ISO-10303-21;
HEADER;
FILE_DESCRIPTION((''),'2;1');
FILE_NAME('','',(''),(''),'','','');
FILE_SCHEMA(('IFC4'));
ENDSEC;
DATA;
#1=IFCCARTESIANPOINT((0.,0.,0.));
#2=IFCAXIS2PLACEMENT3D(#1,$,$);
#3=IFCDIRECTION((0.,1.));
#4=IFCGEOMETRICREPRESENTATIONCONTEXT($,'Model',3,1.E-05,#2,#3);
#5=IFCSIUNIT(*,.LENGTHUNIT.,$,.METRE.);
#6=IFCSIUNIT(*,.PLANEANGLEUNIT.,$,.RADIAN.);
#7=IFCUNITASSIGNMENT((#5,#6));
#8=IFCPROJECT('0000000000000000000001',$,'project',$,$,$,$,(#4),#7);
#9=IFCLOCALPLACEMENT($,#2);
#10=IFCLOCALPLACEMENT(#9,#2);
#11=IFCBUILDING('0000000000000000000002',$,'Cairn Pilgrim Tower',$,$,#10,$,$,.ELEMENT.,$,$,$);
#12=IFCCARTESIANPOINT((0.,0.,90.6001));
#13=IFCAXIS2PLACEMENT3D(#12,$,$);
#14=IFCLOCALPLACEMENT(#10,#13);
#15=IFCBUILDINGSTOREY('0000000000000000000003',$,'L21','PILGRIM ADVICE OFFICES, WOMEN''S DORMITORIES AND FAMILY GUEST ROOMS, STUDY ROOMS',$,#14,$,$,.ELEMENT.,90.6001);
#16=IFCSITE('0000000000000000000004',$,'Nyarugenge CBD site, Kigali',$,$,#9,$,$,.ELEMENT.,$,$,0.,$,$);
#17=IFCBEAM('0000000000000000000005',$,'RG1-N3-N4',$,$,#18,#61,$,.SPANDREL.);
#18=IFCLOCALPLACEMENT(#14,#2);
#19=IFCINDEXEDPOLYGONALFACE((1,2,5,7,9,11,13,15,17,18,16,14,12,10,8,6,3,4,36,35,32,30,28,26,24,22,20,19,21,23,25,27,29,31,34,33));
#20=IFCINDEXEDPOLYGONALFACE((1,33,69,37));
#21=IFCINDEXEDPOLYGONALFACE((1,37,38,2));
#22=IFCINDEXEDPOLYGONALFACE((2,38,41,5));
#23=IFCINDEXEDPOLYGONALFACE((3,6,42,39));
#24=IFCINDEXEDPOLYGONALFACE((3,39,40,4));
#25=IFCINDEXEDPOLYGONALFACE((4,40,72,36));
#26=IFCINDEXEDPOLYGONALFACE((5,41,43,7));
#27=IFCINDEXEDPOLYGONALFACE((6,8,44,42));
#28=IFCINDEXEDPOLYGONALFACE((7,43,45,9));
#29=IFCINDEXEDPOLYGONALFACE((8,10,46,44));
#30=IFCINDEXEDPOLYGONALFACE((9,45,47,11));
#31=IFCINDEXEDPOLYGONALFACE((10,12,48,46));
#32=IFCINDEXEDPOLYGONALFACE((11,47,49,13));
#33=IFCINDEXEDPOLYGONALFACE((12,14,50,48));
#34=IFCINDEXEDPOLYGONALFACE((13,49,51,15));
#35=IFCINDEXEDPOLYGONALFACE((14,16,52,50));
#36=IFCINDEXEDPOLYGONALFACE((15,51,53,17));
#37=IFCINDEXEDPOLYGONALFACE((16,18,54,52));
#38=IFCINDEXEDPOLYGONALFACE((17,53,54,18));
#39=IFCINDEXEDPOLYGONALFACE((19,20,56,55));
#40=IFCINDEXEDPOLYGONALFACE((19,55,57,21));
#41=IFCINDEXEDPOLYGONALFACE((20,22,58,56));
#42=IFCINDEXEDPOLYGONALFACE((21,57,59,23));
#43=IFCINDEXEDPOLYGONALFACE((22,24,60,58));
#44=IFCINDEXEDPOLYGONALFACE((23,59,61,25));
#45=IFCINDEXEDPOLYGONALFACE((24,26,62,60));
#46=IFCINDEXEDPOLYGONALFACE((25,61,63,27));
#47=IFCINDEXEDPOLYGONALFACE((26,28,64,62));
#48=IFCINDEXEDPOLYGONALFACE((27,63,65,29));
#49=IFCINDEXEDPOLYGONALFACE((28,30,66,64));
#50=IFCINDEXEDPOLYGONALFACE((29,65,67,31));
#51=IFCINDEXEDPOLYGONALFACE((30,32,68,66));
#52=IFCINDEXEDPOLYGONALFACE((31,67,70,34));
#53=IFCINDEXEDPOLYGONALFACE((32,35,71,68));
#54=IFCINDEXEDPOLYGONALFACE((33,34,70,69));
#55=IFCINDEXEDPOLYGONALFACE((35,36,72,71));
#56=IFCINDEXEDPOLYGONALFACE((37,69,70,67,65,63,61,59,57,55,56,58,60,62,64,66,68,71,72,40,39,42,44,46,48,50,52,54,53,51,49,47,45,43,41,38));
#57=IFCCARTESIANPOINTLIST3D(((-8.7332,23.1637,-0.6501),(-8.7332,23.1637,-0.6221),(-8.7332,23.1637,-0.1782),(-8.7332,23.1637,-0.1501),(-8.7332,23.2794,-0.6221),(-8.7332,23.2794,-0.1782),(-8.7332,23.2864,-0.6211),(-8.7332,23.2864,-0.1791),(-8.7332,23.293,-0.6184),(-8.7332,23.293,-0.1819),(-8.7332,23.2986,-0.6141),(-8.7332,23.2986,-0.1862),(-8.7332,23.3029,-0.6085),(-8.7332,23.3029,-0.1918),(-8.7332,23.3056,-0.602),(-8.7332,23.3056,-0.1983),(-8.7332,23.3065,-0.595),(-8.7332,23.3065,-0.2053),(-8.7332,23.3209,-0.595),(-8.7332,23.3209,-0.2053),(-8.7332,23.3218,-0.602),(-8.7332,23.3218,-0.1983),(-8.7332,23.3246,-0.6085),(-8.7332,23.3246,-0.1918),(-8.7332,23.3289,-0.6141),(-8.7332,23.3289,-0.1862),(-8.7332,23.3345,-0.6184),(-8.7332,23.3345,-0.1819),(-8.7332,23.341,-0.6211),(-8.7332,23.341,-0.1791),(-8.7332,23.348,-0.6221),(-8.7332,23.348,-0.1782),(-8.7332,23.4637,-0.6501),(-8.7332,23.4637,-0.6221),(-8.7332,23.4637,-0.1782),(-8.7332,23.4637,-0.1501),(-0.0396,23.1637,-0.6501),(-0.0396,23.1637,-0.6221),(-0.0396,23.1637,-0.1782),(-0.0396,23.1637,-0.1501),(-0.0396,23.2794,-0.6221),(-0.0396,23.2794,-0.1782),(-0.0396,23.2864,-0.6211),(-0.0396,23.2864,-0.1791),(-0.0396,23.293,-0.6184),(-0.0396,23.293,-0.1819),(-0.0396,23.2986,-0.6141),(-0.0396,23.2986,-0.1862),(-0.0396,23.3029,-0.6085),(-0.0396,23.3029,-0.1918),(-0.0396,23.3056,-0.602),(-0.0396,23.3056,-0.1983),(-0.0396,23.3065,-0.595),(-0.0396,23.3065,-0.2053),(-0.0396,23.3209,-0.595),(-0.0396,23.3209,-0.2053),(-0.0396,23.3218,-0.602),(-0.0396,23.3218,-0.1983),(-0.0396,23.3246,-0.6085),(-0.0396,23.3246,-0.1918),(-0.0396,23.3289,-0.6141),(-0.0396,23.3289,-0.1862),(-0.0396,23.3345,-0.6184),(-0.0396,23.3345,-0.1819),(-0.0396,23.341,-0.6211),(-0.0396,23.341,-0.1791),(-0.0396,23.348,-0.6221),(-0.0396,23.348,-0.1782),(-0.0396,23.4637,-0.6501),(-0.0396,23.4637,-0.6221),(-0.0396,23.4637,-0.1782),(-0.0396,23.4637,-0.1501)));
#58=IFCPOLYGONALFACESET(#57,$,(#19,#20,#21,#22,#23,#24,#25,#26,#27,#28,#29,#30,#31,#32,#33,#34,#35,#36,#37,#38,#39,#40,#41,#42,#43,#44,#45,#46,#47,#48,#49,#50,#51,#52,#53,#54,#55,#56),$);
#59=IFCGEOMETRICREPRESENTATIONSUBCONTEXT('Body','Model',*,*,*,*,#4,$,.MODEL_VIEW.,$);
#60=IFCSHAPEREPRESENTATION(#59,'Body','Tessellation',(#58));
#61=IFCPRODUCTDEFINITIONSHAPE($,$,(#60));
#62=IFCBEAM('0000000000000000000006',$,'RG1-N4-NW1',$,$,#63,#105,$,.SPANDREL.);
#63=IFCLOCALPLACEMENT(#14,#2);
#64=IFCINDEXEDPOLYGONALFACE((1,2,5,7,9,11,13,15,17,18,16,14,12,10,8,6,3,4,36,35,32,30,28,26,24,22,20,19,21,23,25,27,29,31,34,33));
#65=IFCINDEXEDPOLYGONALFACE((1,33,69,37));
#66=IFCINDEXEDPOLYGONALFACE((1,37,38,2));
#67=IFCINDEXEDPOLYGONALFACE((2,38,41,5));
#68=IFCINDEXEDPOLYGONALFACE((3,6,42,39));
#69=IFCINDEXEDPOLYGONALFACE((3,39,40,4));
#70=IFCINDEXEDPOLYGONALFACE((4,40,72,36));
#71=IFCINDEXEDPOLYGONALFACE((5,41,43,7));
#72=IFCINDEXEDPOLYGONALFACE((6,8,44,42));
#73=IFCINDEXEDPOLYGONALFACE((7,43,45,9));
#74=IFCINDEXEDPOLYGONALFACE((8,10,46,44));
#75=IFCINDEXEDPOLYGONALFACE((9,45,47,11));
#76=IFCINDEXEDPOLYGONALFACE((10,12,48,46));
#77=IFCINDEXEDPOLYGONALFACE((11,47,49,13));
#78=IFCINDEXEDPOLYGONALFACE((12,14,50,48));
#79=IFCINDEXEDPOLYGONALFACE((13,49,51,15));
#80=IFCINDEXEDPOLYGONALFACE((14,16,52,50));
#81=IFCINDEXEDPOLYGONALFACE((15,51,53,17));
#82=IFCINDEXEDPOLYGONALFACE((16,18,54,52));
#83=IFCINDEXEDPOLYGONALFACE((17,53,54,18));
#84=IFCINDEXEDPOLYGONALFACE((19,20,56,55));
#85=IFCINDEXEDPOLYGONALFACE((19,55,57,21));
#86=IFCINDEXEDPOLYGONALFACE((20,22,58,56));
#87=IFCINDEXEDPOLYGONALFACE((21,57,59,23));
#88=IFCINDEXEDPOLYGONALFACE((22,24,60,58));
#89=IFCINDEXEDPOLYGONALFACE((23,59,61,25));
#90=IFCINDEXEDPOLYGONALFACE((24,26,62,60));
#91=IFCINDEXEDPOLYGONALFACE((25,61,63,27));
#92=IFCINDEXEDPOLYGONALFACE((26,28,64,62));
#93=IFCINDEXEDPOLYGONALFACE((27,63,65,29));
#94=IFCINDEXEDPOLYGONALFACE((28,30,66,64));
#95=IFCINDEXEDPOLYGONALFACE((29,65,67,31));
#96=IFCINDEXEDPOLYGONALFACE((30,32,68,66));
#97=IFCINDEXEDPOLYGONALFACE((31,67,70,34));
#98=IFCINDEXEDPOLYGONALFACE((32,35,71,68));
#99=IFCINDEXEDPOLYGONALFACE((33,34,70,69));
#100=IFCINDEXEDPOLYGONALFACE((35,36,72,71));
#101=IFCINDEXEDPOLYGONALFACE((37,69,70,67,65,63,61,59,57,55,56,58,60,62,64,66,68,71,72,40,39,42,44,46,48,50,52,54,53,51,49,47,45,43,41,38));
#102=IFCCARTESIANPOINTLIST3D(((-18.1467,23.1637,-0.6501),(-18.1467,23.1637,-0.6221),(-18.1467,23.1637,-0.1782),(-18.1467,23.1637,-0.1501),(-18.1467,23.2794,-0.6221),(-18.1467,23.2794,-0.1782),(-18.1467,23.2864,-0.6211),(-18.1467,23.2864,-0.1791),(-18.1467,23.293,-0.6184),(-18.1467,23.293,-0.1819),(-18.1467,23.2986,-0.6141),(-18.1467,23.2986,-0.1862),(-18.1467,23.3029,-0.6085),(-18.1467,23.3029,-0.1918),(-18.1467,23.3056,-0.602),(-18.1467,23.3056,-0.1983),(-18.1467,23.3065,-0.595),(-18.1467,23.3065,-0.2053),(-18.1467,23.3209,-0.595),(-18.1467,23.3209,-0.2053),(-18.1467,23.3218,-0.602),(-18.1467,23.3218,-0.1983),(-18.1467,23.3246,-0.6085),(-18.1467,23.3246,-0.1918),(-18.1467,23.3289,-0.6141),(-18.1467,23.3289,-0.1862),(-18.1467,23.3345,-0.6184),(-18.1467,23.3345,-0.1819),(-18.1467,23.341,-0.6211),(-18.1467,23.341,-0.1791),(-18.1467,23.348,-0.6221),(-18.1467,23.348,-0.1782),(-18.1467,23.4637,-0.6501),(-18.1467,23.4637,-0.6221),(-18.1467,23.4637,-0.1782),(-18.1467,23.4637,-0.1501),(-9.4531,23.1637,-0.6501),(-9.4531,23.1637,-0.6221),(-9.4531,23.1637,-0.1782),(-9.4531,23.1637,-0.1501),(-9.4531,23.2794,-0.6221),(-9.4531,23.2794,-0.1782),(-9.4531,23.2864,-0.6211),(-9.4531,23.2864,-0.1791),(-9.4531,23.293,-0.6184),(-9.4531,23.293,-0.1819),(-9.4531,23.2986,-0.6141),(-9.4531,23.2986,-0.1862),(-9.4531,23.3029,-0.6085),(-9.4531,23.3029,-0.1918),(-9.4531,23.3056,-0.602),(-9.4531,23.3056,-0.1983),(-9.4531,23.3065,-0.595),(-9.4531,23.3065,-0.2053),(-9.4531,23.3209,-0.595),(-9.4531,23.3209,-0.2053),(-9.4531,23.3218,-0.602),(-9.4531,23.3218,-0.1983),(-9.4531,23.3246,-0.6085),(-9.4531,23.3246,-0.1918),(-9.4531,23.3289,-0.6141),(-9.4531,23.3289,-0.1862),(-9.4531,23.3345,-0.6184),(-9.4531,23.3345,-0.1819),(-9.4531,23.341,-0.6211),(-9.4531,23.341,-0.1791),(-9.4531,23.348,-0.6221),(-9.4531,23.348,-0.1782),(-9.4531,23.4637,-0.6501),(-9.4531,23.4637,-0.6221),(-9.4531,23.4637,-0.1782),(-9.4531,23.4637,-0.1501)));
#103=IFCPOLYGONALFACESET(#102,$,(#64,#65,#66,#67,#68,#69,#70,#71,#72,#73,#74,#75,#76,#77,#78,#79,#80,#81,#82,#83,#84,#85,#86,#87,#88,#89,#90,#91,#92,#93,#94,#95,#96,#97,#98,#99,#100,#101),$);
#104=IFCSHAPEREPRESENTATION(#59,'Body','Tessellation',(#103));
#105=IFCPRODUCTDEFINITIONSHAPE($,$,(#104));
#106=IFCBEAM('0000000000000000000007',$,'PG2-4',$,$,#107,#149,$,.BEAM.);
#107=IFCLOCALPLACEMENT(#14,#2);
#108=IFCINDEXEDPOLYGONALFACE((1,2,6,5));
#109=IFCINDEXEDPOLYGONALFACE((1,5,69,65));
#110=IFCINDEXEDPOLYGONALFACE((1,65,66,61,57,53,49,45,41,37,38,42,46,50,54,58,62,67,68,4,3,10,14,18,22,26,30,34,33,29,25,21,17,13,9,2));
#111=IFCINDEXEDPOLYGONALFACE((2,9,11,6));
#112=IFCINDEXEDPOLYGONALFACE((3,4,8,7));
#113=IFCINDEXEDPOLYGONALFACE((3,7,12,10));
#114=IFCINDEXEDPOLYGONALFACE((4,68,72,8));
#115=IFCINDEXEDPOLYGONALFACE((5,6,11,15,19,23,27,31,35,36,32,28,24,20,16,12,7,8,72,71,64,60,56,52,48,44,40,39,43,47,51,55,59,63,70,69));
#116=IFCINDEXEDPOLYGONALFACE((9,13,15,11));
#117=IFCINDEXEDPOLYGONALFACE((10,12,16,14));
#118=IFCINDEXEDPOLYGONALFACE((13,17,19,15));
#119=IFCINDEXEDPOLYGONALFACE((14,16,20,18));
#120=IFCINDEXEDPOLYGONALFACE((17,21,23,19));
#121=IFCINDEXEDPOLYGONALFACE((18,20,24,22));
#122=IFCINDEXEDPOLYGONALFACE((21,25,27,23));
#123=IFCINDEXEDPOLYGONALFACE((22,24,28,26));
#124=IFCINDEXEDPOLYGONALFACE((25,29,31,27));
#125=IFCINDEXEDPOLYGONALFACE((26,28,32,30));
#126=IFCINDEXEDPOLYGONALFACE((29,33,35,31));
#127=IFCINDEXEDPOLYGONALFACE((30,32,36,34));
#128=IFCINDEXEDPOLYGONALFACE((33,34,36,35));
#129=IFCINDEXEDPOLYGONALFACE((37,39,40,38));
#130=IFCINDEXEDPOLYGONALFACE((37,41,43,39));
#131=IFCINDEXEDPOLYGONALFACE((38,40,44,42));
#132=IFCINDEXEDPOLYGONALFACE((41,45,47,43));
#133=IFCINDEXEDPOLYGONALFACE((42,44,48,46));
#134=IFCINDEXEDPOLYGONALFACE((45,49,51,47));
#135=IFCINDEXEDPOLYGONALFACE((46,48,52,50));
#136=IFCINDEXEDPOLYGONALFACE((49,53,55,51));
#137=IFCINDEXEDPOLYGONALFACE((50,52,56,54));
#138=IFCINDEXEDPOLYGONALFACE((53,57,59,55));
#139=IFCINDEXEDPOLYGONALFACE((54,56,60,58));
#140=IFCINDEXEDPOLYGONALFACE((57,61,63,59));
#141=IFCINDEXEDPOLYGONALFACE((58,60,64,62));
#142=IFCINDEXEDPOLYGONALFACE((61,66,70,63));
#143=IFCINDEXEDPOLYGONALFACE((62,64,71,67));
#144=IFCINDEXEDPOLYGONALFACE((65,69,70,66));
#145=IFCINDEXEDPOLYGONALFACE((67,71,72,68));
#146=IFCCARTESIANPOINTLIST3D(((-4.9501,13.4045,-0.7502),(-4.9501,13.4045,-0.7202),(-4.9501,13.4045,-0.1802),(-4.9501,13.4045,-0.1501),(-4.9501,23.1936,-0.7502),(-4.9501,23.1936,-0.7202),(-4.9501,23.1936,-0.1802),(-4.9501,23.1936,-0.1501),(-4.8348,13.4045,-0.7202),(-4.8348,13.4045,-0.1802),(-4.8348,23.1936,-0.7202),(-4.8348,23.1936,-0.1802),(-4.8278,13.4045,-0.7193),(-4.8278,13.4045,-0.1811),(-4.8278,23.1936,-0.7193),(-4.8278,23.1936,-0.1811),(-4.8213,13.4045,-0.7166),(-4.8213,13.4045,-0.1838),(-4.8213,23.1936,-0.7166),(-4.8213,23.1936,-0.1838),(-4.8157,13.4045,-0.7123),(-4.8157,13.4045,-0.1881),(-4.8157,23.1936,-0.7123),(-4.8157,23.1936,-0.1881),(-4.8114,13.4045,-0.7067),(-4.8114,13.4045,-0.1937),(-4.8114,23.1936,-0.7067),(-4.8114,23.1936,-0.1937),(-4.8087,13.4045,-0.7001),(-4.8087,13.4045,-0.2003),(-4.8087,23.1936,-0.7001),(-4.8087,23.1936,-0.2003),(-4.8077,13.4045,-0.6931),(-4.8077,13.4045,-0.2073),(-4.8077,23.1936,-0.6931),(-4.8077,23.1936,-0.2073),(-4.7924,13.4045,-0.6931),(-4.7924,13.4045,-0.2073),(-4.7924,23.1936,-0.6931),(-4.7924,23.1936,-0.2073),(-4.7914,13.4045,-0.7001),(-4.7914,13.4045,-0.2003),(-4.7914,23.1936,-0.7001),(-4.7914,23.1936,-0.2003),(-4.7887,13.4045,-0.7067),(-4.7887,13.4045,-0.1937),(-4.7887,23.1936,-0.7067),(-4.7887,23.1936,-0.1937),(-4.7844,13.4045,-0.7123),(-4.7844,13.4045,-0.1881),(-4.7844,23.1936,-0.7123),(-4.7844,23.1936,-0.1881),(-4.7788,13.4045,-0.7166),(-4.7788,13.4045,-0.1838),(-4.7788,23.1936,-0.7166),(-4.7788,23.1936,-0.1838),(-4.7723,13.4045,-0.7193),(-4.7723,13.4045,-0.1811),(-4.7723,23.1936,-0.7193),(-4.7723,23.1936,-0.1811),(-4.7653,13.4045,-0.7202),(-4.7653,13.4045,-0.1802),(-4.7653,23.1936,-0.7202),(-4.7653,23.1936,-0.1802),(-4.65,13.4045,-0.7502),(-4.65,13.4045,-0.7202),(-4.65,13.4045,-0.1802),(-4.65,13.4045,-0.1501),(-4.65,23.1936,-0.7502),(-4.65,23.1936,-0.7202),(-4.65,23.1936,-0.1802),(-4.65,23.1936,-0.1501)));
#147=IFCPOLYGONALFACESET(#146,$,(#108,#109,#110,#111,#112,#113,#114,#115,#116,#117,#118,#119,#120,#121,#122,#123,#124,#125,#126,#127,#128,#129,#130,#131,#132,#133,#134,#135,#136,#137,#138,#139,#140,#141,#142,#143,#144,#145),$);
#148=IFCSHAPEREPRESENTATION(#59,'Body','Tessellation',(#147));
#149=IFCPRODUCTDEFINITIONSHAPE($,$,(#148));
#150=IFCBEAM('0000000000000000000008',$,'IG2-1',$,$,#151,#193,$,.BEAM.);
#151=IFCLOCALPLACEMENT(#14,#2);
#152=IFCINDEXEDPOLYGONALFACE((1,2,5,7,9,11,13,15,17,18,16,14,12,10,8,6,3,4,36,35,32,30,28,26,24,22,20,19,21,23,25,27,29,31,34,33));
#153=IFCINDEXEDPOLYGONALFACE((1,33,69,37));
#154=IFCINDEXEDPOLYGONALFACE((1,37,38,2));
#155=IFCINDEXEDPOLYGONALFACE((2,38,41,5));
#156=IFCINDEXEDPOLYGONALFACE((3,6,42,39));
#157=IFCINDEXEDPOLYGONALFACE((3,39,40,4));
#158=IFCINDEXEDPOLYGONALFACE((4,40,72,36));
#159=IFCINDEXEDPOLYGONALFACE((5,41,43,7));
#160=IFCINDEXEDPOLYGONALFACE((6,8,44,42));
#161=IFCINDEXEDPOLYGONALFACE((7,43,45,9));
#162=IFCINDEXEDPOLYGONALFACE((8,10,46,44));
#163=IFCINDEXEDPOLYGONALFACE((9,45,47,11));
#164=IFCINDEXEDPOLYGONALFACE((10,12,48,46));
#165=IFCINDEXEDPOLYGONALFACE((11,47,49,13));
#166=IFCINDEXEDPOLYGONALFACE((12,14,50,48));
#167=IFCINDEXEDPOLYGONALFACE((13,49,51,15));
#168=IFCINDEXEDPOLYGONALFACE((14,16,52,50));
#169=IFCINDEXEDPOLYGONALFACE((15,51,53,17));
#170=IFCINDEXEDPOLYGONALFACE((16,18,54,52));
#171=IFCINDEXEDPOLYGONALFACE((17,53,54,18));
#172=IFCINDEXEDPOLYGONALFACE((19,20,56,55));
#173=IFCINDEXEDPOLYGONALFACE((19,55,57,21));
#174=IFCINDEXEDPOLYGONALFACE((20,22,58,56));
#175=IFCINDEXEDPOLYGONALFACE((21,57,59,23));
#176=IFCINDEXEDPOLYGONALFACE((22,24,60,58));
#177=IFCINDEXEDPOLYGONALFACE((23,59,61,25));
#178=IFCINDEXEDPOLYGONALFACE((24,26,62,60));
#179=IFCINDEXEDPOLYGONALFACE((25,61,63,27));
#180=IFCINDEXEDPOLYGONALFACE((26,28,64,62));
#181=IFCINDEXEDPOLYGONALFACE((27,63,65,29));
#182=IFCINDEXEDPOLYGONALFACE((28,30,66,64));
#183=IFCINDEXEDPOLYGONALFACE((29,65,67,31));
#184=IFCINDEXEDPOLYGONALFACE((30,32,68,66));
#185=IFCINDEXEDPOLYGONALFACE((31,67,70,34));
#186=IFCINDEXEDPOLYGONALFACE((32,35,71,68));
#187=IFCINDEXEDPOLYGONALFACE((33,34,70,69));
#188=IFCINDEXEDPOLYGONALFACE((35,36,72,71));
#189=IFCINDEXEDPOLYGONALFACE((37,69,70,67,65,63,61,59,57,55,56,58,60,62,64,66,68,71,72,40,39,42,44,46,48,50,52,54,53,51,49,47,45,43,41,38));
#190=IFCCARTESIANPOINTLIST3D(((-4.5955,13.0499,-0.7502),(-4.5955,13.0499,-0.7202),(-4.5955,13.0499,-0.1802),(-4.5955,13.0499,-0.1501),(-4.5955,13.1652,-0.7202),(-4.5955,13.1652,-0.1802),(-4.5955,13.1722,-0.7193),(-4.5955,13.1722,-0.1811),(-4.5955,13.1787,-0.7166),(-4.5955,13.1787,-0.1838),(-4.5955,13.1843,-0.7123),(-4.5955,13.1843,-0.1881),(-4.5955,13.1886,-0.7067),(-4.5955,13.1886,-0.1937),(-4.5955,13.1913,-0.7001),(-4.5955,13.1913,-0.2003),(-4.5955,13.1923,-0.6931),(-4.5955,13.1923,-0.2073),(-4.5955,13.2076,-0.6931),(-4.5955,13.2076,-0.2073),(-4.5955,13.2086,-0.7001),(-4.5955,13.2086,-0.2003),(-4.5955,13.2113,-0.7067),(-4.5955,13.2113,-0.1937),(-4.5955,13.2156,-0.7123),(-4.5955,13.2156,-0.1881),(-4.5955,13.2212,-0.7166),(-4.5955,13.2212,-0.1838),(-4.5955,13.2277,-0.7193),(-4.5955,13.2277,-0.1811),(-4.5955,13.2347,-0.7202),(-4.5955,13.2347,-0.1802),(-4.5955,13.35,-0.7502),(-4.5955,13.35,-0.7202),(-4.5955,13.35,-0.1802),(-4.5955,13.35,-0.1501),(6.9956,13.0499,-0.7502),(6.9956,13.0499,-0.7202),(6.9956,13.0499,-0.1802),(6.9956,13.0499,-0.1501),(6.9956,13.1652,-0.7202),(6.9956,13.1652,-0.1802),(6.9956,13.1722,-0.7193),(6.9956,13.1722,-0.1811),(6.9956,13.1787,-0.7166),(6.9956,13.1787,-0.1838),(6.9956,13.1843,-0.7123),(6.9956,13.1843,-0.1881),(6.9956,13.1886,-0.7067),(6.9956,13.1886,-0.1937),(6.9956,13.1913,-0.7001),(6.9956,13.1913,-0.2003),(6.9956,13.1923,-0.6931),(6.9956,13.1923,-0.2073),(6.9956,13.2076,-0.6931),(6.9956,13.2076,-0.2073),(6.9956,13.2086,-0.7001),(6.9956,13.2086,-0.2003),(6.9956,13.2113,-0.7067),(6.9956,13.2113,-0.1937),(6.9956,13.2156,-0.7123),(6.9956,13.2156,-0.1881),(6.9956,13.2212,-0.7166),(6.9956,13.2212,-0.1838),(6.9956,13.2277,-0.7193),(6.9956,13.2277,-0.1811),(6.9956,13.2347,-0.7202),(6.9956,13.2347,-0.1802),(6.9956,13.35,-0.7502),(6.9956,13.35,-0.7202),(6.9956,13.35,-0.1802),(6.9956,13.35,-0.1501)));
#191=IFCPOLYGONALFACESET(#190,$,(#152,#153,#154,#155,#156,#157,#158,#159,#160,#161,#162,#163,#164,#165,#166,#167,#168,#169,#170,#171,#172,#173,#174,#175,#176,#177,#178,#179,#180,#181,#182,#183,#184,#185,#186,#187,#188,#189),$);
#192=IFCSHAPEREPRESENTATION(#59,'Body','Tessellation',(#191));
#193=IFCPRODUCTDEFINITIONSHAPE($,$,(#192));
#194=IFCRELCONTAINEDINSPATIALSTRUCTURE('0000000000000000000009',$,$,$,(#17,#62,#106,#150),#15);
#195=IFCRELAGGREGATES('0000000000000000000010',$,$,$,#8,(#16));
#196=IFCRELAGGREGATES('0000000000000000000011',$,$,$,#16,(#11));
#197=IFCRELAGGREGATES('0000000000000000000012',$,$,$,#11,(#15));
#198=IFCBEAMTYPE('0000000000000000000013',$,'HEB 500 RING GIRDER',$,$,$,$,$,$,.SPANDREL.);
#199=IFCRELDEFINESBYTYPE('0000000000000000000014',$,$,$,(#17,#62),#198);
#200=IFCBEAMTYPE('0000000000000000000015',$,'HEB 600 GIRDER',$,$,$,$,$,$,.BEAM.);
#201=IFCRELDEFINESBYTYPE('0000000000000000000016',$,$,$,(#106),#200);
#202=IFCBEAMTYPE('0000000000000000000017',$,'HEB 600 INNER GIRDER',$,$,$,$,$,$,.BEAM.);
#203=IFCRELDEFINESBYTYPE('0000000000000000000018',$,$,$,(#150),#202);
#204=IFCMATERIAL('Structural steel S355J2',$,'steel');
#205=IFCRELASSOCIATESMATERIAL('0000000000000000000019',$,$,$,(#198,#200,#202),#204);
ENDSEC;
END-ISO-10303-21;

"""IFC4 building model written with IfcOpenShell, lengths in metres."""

from ifc_helpers import new_model, si_unit, direction, frame, origin, origin_2d, place, context, subcontext, project, spatial, i_section, extrude, material, material_profile, profile_set, type_object, element, save


model = new_model("IFC4")

# Units and contexts
model_context = context("Model", 3, precision=1e-05, world=origin(), true_north=direction((0.0, 1.0)))
body_context = subcontext(model_context, "Body", "Model", "MODEL_VIEW")
ifc_project = project(units=[si_unit("LENGTHUNIT", "METRE"), si_unit("PLANEANGLEUNIT", "RADIAN")], contexts=[model_context])

# Site, building, storey
site_placement = place(None, origin())
site = spatial("IfcSite", under=ifc_project, at=site_placement, Name="Nyarugenge CBD site, Kigali", CompositionType="ELEMENT", RefElevation=0.0)
building_placement = place(site_placement, origin())
building = spatial("IfcBuilding", under=site, at=building_placement, Name="Cairn Pilgrim Tower", CompositionType="ELEMENT")
storey_placement = place(building_placement, frame((0.0, 0.0, 90.6001)))
storey = spatial("IfcBuildingStorey", under=building, at=storey_placement, Name="L21", Description="PILGRIM ADVICE OFFICES, WOMEN'S DORMITORIES AND FAMILY GUEST ROOMS, STUDY ROOMS", CompositionType="ELEMENT", Elevation=90.6001)

# Beams
ifc_material_1 = material(Name="Structural steel S355J2", Category="steel")
ifc_material_profile_1 = material_profile(ifc_material_1, i_section(OverallWidth=0.3, OverallDepth=0.5, WebThickness=0.0144, FlangeThickness=0.0281, FilletRadius=0.0271, at=origin_2d()), Name="HEB 500")
ifc_profile_set_1 = profile_set([ifc_material_profile_1], Name="Structural steel S355J2")
beam_type_1 = type_object("IfcBeamType", Name="HEB 500 RING GIRDER", PredefinedType="SPANDREL", material=ifc_profile_set_1)
for number, where, z_axis, x_axis, name in (
    (1, (-0.0396, 23.3137, -0.4001), (-1.0, 0.0, 0.0), (0.0, -1.0, 0.0), "RG1-N3-N4"),
    (2, (-9.4531, 23.3137, -0.4001), (-1.0, 0.0, 0.0), (0.0, -1.0, 0.0), "RG1-N4-NW1"),
):
    element("IfcBeam", number, at=place(storey_placement, frame(where, z_axis=z_axis, x_axis=x_axis)), inside=storey, type_object=beam_type_1, Name=name, PredefinedType="SPANDREL", context=body_context, shape_type="SweptSolid", body=[
        extrude(i_section(OverallWidth=0.3, OverallDepth=0.5, WebThickness=0.0144, FlangeThickness=0.0281, FilletRadius=0.0271, at=origin_2d()), origin(), (0.0, 0.0, 1.0), 8.6936),
    ])
ifc_material_profile_2 = material_profile(ifc_material_1, i_section(OverallWidth=0.3, OverallDepth=0.6001, WebThickness=0.0154, FlangeThickness=0.03, FilletRadius=0.0271, at=origin_2d()), Name="HEB 600")
ifc_profile_set_2 = profile_set([ifc_material_profile_2], Name="Structural steel S355J2")
beam_type_2 = type_object("IfcBeamType", Name="HEB 600 GIRDER", PredefinedType="BEAM", material=ifc_profile_set_2)
beam_1_placement = place(storey_placement, frame((-4.8, 13.4045, -0.4502), z_axis=(0.0, 1.0, 0.0), x_axis=(-1.0, 0.0, 0.0)))
element("IfcBeam", 3, at=beam_1_placement, inside=storey, type_object=beam_type_2, Name="PG2-4", PredefinedType="BEAM", context=body_context, shape_type="SweptSolid", body=[
    extrude(i_section(OverallWidth=0.3, OverallDepth=0.6001, WebThickness=0.0154, FlangeThickness=0.03, FilletRadius=0.0271, at=origin_2d()), origin(), (0.0, 0.0, 1.0), 9.7891),
])
ifc_material_profile_3 = material_profile(ifc_material_1, i_section(OverallWidth=0.3, OverallDepth=0.6001, WebThickness=0.0154, FlangeThickness=0.03, FilletRadius=0.0271, at=origin_2d()), Name="HEB 600")
ifc_profile_set_3 = profile_set([ifc_material_profile_3], Name="Structural steel S355J2")
beam_type_3 = type_object("IfcBeamType", Name="HEB 600 INNER GIRDER", PredefinedType="BEAM", material=ifc_profile_set_3)
beam_2_placement = place(storey_placement, frame((-4.5955, 13.2, -0.4502), z_axis=(1.0, 0.0, 0.0), x_axis=(0.0, 1.0, 0.0)))
element("IfcBeam", 4, at=beam_2_placement, inside=storey, type_object=beam_type_3, Name="IG2-1", PredefinedType="BEAM", context=body_context, shape_type="SweptSolid", body=[
    extrude(i_section(OverallWidth=0.3, OverallDepth=0.6001, WebThickness=0.0154, FlangeThickness=0.03, FilletRadius=0.0271, at=origin_2d()), origin(), (0.0, 0.0, 1.0), 11.5911),
])

save(model, "model.ifc")
